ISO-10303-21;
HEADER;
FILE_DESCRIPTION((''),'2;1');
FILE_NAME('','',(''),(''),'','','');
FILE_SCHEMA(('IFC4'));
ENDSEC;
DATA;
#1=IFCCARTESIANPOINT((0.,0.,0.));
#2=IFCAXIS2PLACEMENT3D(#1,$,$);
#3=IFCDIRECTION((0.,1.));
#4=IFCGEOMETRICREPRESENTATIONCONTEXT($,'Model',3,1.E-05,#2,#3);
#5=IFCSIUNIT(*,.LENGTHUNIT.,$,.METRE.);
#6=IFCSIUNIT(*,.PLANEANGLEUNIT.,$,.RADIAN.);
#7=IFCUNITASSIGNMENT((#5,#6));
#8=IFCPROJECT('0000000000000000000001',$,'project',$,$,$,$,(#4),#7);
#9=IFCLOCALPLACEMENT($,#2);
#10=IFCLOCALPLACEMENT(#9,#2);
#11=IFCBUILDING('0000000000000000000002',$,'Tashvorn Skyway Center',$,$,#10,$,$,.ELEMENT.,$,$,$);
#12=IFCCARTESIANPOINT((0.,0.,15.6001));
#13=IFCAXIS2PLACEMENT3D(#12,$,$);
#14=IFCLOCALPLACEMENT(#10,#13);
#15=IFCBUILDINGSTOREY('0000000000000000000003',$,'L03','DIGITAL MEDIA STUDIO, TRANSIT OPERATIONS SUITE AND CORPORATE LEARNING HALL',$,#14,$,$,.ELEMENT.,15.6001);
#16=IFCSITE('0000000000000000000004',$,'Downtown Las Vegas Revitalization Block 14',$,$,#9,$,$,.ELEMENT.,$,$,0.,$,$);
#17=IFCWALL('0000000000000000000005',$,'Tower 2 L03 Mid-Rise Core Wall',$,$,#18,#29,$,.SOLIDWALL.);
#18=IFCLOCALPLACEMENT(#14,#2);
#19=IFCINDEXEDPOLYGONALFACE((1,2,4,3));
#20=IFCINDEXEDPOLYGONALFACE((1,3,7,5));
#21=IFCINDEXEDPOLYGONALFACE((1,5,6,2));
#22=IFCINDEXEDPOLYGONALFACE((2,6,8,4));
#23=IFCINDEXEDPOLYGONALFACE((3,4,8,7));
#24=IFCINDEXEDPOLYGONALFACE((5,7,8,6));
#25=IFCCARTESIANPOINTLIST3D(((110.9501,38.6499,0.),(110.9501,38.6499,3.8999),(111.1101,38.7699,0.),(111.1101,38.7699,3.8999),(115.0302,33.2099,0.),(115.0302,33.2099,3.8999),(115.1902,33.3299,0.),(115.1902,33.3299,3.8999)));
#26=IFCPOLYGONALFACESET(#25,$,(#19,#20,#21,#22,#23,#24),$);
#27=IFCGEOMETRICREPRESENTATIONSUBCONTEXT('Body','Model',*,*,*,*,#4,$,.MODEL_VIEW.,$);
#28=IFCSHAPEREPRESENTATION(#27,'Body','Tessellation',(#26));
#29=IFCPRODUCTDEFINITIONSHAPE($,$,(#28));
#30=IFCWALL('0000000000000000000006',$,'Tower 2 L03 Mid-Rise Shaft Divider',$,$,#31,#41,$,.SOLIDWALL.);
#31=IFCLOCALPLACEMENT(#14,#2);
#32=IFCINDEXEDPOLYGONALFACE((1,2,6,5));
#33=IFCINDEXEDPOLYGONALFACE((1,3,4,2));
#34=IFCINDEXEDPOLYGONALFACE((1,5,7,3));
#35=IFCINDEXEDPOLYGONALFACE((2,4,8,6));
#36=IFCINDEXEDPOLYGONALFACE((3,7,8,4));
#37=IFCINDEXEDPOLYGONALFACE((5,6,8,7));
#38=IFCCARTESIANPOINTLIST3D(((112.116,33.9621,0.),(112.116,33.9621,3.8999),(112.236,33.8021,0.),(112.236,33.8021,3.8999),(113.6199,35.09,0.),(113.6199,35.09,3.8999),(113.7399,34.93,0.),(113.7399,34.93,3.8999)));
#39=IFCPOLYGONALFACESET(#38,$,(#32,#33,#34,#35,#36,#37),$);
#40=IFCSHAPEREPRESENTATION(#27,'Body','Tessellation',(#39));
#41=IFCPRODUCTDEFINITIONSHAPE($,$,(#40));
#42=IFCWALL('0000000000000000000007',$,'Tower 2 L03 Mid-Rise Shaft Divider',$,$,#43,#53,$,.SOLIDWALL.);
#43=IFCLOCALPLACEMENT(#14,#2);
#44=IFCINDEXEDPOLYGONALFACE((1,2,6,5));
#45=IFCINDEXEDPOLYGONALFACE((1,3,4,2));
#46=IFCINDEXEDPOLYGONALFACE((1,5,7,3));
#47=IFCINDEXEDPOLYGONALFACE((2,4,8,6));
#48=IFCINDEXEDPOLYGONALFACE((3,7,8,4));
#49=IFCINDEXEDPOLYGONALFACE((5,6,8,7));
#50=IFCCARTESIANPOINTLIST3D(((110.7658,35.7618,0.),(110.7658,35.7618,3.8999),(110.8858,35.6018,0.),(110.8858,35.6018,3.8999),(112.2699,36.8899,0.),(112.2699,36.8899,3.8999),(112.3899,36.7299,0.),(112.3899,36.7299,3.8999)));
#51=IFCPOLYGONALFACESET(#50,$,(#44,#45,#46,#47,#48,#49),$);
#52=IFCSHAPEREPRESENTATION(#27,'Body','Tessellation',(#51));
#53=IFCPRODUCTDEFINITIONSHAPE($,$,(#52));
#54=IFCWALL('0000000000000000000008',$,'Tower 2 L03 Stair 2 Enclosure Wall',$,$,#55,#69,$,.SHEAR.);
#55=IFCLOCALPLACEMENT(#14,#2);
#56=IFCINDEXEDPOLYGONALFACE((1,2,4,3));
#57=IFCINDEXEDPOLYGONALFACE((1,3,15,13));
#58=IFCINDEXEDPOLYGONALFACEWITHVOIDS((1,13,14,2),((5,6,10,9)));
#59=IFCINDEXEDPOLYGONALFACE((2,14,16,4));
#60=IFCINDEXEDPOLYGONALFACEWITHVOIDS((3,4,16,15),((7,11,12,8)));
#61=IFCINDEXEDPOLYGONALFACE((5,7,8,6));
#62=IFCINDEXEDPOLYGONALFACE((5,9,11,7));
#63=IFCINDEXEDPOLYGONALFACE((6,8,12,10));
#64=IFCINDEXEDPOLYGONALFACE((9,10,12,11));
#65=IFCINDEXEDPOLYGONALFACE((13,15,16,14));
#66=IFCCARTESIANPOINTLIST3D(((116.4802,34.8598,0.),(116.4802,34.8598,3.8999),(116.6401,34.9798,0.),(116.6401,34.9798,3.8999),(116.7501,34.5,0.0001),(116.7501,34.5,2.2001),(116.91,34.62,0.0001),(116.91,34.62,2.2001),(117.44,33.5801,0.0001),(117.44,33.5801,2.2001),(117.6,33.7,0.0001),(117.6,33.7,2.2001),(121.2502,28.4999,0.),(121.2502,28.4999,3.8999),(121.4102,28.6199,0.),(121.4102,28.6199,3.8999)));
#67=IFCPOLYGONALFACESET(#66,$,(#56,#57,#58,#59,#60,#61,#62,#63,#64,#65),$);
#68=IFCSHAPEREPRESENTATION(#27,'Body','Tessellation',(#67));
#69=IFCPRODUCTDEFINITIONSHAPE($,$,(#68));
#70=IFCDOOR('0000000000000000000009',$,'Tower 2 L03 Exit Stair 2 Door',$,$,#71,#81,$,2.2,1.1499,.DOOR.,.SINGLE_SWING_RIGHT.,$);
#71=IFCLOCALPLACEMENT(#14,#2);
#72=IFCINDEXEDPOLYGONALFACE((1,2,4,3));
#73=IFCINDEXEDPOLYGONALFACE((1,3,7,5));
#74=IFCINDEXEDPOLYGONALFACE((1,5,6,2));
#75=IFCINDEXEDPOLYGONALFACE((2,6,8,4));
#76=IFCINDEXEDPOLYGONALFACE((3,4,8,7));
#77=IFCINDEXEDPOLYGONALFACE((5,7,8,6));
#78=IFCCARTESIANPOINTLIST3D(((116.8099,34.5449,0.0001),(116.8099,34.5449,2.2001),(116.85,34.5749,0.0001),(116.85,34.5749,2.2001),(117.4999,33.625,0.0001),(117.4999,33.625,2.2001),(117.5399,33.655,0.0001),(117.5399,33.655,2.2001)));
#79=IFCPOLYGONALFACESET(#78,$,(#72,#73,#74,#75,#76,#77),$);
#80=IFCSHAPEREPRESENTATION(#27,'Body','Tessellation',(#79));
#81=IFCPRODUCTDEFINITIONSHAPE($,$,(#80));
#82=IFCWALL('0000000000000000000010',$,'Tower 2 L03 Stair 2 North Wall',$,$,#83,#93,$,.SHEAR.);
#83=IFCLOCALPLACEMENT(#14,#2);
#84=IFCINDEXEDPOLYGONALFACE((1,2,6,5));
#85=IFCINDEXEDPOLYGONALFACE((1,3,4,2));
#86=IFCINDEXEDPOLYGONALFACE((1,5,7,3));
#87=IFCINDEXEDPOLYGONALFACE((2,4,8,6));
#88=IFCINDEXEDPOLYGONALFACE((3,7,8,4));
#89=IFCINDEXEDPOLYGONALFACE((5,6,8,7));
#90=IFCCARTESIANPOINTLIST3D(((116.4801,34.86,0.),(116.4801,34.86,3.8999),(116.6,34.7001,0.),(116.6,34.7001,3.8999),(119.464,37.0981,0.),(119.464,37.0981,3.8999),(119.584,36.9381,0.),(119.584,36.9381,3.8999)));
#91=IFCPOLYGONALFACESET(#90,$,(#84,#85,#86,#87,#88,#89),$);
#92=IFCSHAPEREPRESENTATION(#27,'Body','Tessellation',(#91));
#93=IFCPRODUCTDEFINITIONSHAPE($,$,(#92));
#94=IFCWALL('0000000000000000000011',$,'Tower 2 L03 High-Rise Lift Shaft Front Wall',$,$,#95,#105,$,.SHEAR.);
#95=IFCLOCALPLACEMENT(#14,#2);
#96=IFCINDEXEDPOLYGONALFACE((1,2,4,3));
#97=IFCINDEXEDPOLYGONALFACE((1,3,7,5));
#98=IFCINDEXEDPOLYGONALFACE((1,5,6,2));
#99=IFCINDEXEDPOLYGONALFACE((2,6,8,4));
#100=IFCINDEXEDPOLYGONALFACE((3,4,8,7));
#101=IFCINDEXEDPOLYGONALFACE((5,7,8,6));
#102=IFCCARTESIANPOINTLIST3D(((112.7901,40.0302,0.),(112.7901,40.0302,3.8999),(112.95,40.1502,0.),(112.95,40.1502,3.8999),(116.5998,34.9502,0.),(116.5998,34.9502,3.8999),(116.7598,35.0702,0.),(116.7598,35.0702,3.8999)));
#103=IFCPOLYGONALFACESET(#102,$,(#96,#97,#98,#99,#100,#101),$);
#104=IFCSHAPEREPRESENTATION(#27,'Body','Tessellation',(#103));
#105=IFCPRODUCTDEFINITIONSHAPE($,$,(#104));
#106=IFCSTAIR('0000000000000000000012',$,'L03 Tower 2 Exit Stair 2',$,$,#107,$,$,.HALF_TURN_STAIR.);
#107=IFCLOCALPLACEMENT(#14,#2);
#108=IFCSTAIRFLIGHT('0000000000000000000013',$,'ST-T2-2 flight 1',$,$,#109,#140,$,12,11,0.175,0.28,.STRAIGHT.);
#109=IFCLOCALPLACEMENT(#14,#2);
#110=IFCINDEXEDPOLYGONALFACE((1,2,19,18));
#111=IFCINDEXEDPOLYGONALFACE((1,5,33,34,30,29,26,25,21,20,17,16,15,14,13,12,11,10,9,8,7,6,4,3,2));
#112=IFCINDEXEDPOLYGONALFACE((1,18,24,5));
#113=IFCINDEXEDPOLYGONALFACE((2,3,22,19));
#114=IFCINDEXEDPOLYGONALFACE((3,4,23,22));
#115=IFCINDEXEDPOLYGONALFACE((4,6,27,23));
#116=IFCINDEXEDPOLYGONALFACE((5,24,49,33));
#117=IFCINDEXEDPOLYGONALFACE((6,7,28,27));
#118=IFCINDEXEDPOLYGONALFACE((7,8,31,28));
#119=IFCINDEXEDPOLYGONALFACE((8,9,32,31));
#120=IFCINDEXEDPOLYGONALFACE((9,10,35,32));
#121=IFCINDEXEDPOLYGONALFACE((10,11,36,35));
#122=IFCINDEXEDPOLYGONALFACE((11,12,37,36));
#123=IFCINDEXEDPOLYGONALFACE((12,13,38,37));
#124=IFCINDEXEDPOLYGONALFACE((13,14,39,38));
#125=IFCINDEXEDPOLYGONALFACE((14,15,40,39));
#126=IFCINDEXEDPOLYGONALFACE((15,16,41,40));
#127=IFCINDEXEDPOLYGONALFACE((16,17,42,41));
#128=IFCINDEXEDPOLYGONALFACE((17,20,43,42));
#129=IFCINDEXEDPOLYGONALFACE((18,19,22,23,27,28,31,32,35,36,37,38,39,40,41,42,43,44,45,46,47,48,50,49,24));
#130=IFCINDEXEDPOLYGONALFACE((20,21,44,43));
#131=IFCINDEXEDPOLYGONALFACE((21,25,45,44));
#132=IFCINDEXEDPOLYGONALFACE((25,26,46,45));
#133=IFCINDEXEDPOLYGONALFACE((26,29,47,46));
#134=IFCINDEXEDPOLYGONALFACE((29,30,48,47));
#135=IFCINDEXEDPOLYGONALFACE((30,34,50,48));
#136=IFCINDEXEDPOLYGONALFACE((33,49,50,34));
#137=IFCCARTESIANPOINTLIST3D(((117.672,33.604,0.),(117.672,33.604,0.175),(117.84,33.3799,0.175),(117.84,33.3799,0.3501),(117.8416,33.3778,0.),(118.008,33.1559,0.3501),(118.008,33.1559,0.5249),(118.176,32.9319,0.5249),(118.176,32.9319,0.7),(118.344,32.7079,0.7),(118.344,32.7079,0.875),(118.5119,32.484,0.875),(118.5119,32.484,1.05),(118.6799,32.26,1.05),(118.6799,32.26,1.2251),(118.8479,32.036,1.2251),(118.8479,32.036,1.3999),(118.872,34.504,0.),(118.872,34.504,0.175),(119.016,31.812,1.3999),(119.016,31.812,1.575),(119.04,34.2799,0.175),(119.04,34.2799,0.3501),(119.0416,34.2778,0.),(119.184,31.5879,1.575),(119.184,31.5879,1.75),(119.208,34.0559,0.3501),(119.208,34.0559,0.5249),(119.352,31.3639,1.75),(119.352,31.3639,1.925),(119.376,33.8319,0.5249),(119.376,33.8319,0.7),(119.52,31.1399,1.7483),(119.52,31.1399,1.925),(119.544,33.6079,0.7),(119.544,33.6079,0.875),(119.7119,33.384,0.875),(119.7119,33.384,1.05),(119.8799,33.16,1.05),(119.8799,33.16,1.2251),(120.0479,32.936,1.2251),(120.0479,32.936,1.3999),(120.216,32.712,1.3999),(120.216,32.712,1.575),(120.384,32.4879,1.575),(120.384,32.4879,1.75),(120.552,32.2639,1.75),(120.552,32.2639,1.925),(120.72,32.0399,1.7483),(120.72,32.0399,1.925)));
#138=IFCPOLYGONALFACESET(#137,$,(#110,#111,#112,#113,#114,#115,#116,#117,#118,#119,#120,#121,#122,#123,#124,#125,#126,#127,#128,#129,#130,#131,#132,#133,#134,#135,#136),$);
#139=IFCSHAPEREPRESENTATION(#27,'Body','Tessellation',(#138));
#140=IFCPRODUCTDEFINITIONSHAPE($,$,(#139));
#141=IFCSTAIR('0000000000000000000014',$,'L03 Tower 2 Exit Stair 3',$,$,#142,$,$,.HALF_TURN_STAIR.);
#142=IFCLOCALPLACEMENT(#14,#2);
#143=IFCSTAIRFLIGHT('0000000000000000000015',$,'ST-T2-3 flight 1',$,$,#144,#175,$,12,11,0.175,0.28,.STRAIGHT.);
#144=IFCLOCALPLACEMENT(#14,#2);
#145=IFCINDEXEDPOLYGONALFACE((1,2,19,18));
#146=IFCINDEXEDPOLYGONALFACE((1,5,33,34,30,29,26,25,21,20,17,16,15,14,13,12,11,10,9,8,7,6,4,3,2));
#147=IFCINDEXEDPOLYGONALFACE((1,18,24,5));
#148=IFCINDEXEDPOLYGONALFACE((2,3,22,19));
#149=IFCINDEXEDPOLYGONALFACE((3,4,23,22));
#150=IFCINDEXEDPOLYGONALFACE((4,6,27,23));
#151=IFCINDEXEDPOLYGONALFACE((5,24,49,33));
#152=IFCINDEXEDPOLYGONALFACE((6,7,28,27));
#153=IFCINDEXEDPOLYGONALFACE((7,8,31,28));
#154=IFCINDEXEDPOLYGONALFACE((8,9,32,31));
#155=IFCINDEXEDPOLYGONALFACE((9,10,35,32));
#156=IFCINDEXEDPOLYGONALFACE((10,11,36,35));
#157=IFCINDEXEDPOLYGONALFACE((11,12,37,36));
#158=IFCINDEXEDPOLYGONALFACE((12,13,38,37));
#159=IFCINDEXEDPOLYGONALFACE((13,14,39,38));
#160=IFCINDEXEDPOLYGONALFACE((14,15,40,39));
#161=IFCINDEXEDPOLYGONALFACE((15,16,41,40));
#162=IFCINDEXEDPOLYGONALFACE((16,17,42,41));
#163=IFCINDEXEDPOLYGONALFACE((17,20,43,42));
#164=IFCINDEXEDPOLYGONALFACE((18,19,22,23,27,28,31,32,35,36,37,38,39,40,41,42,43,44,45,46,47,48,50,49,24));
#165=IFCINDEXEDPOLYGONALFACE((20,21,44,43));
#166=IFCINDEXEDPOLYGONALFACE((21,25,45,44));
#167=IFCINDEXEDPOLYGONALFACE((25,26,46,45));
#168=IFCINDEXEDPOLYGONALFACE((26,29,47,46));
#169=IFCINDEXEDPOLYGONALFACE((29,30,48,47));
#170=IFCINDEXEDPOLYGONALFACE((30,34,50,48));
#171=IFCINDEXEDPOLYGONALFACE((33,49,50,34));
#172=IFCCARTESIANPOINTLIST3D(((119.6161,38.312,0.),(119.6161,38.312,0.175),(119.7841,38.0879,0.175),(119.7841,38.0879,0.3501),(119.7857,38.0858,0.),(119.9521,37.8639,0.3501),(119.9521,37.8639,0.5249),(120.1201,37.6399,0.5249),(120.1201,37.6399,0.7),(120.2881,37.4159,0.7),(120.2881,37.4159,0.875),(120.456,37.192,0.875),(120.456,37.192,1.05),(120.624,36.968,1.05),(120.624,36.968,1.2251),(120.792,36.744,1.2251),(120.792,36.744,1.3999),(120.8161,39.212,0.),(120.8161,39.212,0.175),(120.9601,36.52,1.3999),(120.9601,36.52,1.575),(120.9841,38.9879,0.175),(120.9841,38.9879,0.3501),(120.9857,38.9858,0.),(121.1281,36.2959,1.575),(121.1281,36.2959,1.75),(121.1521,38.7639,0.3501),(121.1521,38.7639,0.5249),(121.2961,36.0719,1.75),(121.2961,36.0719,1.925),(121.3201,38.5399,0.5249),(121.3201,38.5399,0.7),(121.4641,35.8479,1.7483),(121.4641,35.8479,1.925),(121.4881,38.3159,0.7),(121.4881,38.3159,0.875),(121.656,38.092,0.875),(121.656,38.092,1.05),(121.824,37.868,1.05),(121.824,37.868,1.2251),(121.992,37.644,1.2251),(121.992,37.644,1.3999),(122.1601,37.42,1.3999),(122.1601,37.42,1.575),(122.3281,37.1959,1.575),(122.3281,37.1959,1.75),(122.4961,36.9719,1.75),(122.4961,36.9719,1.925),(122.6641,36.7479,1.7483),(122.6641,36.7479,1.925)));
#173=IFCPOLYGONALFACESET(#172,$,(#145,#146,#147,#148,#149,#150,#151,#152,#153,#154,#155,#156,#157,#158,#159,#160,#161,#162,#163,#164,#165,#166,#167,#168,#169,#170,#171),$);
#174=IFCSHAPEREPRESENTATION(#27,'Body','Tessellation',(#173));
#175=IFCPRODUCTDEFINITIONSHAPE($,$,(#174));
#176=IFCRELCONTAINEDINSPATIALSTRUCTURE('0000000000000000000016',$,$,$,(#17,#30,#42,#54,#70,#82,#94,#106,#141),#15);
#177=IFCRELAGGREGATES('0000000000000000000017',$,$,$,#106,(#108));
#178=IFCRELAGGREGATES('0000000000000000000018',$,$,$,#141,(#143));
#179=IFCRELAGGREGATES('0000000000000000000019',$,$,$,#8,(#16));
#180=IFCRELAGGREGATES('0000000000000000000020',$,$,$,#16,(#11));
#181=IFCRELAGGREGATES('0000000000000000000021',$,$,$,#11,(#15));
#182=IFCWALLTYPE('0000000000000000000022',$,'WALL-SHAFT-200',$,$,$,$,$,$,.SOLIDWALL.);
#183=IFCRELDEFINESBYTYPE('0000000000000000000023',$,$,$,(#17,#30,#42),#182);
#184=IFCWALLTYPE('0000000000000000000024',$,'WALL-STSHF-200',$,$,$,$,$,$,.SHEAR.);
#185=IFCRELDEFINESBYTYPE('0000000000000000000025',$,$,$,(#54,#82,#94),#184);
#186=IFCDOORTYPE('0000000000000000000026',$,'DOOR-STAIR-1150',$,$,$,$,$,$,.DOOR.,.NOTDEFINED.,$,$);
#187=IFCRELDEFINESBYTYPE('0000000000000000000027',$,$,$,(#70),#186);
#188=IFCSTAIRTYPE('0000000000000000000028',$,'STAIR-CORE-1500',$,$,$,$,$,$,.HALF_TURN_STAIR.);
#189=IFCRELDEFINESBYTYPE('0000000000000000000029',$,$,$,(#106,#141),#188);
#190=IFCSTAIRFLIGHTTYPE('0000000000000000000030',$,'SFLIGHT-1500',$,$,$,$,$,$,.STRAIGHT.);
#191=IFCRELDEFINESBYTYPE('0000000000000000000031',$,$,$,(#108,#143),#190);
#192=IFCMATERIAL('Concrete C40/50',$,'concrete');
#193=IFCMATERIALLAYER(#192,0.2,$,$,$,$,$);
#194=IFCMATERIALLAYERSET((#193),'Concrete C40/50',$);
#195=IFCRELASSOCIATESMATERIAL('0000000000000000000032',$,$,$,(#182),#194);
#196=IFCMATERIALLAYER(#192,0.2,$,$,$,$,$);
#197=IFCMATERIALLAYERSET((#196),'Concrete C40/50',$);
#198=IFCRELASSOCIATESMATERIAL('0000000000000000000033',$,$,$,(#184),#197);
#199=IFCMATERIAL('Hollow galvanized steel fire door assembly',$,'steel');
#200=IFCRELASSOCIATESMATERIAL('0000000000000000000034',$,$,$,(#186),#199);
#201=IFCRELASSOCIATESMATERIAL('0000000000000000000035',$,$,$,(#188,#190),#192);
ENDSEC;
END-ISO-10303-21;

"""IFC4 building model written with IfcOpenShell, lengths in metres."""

from ifc_helpers import new_model, si_unit, direction, frame, frame_2d, origin, place, context, subcontext, project, spatial, polyline, rectangle, outline, extrude, material, layer, layer_set, type_object, element, fill, aggregate, save


model = new_model("IFC4")

# Units and contexts
model_context = context("Model", 3, precision=1e-05, world=origin(), true_north=direction((0.0, 1.0)))
body_context = subcontext(model_context, "Body", "Model", "MODEL_VIEW")
ifc_project = project(units=[si_unit("LENGTHUNIT", "METRE"), si_unit("PLANEANGLEUNIT", "RADIAN")], contexts=[model_context])

# Site, building, storey
site_placement = place(None, origin())
site = spatial("IfcSite", under=ifc_project, at=site_placement, Name="Downtown Las Vegas Revitalization Block 14", CompositionType="ELEMENT", RefElevation=0.0)
building_placement = place(site_placement, origin())
building = spatial("IfcBuilding", under=site, at=building_placement, Name="Tashvorn Skyway Center", CompositionType="ELEMENT")
storey_placement = place(building_placement, frame((0.0, 0.0, 15.6001)))
storey = spatial("IfcBuildingStorey", under=building, at=storey_placement, Name="L03", Description="DIGITAL MEDIA STUDIO, TRANSIT OPERATIONS SUITE AND CORPORATE LEARNING HALL", CompositionType="ELEMENT", Elevation=15.6001)

# Walls
ifc_material_1 = material(Name="Concrete C40/50", Category="concrete")
ifc_layer_1 = layer(ifc_material_1, 0.2)
ifc_layer_set_1 = layer_set([ifc_layer_1], Name="Concrete C40/50")
wall_type_1 = type_object("IfcWallType", Name="WALL-SHAFT-200", PredefinedType="SOLIDWALL", material=ifc_layer_set_1)
wall_1_placement = place(storey_placement, frame((115.1101, 33.27, 0.0), z_axis=(0.0, 0.0, 1.0), x_axis=(-0.600011, 0.799991, 0.0)))
element("IfcWall", 1, at=wall_1_placement, inside=storey, type_object=wall_type_1, Name="Tower 2 L03 Mid-Rise Core Wall", PredefinedType="SOLIDWALL", context=body_context, shape_type="SweptSolid", body=[
    extrude(rectangle(XDim=6.8, YDim=0.2, at=frame_2d((3.3999, 0.0))), origin(), (0.0, 0.0, 1.0), 3.8999),
])
wall_2_placement = place(storey_placement, frame((112.176, 33.8821, 0.0), z_axis=(0.0, 0.0, 1.0), x_axis=(0.8, 0.6, 0.0)))
element("IfcWall", 2, at=wall_2_placement, inside=storey, type_object=wall_type_1, Name="Tower 2 L03 Mid-Rise Shaft Divider", PredefinedType="SOLIDWALL", context=body_context, shape_type="SweptSolid", body=[
    extrude(rectangle(XDim=1.8799, YDim=0.2, at=frame_2d((0.9399, 0.0))), origin(), (0.0, 0.0, 1.0), 3.8999),
])
wall_3_placement = place(storey_placement, frame((110.8259, 35.6819, 0.0), z_axis=(0.0, 0.0, 1.0), x_axis=(0.799984, 0.600021, 0.0)))
element("IfcWall", 3, at=wall_3_placement, inside=storey, type_object=wall_type_1, Name="Tower 2 L03 Mid-Rise Shaft Divider", PredefinedType="SOLIDWALL", context=body_context, shape_type="SweptSolid", body=[
    extrude(rectangle(XDim=1.8801, YDim=0.2, at=frame_2d((0.9399, 0.0))), origin(), (0.0, 0.0, 1.0), 3.8999),
])

# Wall, opening, door
ifc_layer_2 = layer(ifc_material_1, 0.2)
ifc_layer_set_2 = layer_set([ifc_layer_2], Name="Concrete C40/50")
wall_type_2 = type_object("IfcWallType", Name="WALL-STSHF-200", PredefinedType="SHEAR", material=ifc_layer_set_2)
wall_4_placement = place(storey_placement, frame((116.5601, 34.9199, 0.0), z_axis=(0.0, 0.0, 1.0), x_axis=(0.60001, -0.799993, 0.0)))
wall_4 = element("IfcWall", 4, at=wall_4_placement, inside=storey, type_object=wall_type_2, Name="Tower 2 L03 Stair 2 Enclosure Wall", PredefinedType="SHEAR", context=body_context, shape_type="SweptSolid", body=[
    extrude(rectangle(XDim=7.95, YDim=0.2, at=frame_2d((3.9751, 0.0))), origin(), (0.0, 0.0, 1.0), 3.8999),
])
opening_placement = place(wall_4_placement, frame((0.45, 0.0, 0.0)))
opening = element("IfcOpeningElement", 5, at=opening_placement, cuts=wall_4, PredefinedType="OPENING", context=body_context, shape_type="SweptSolid", body=[
    extrude(rectangle(XDim=1.1499, YDim=2.2, at=frame_2d((0.575, 1.1001))), frame((0.0, 0.1099, 0.0), z_axis=(0.0, -1.0, 0.0), x_axis=(1.0, 0.0, 0.0)), (0.0, 0.0, 1.0), 0.22),
])
ifc_material_2 = material(Name="Hollow galvanized steel fire door assembly", Category="steel")
door_type = type_object("IfcDoorType", Name="DOOR-STAIR-1150", OperationType="NOTDEFINED", PredefinedType="DOOR", material=ifc_material_2)
door_placement = place(opening_placement, origin())
door = element("IfcDoor", 6, at=door_placement, inside=storey, type_object=door_type, Name="Tower 2 L03 Exit Stair 2 Door", OperationType="SINGLE_SWING_RIGHT", OverallHeight=2.2, OverallWidth=1.1499, PredefinedType="DOOR", context=body_context, shape_type="SweptSolid", body=[
    extrude(rectangle(XDim=1.1499, YDim=2.2, at=frame_2d((0.575, 1.1001))), frame((0.0, 0.0249, 0.0), z_axis=(0.0, -1.0, 0.0), x_axis=(1.0, 0.0, 0.0)), (0.0, 0.0, 1.0), 0.05),
])
fill(opening, door)

# Walls
wall_5_placement = place(storey_placement, frame((116.54, 34.78, 0.0), z_axis=(0.0, 0.0, 1.0), x_axis=(0.799984, 0.600021, 0.0)))
element("IfcWall", 7, at=wall_5_placement, inside=storey, type_object=wall_type_2, Name="Tower 2 L03 Stair 2 North Wall", PredefinedType="SHEAR", context=body_context, shape_type="SweptSolid", body=[
    extrude(rectangle(XDim=3.73, YDim=0.2, at=frame_2d((1.865, 0.0))), origin(), (0.0, 0.0, 1.0), 3.8999),
])
wall_6_placement = place(storey_placement, frame((112.8701, 40.0901, 0.0), z_axis=(0.0, 0.0, 1.0), x_axis=(0.599975, -0.800018, 0.0)))
element("IfcWall", 8, at=wall_6_placement, inside=storey, type_object=wall_type_2, Name="Tower 2 L03 High-Rise Lift Shaft Front Wall", PredefinedType="SHEAR", context=body_context, shape_type="SweptSolid", body=[
    extrude(rectangle(XDim=6.3499, YDim=0.2, at=frame_2d((3.1748, 0.0))), origin(), (0.0, 0.0, 1.0), 3.8999),
])

# Stairs, stair flights
stair_type = type_object("IfcStairType", Name="STAIR-CORE-1500", PredefinedType="HALF_TURN_STAIR", material=ifc_material_1)
stair_1_placement = place(storey_placement, origin())
stair_1 = element("IfcStair", 9, at=stair_1_placement, inside=storey, type_object=stair_type, Name="L03 Tower 2 Exit Stair 2", PredefinedType="HALF_TURN_STAIR")
stair_flight_type = type_object("IfcStairFlightType", Name="SFLIGHT-1500", PredefinedType="STRAIGHT", material=ifc_material_1)
stair_flight_1_placement = place(storey_placement, frame((118.272, 34.054, 0.0), z_axis=(0.0, 0.0, 1.0), x_axis=(0.6, -0.8, 0.0)))
stair_flight_1 = element("IfcStairFlight", 10, at=stair_flight_1_placement, type_object=stair_flight_type, Name="ST-T2-2 flight 1", NumberOfRisers=12, NumberOfTreads=11, PredefinedType="STRAIGHT", RiserHeight=0.175, TreadLength=0.28, context=body_context, shape_type="SweptSolid", body=[
    extrude(outline(polyline([(0.0, 0.0), (0.0, 0.175), (0.28, 0.175), (0.28, 0.3501), (0.5601, 0.3501), (0.5601, 0.5249), (0.8401, 0.5249), (0.8401, 0.7), (1.1201, 0.7), (1.1201, 0.875), (1.3999, 0.875), (1.3999, 1.05), (1.6799, 1.05), (1.6799, 1.2251), (1.96, 1.2251), (1.96, 1.3999), (2.24, 1.3999), (2.24, 1.575), (2.52, 1.575), (2.52, 1.75), (2.8, 1.75), (2.8, 1.925), (3.0801, 1.925), (3.0801, 2.1001), (3.0801, 1.7483), (0.2827, 0.0), (0.0, 0.0)])), frame((0.0, 0.75, 0.0), z_axis=(0.0, -1.0, 0.0), x_axis=(1.0, 0.0, 0.0)), (0.0, 0.0, 1.0), 1.5),
])
aggregate(stair_1, [stair_flight_1])
stair_2_placement = place(storey_placement, origin())
stair_2 = element("IfcStair", 11, at=stair_2_placement, inside=storey, type_object=stair_type, Name="L03 Tower 2 Exit Stair 3", PredefinedType="HALF_TURN_STAIR")
stair_flight_2_placement = place(storey_placement, frame((120.2161, 38.762, 0.0), z_axis=(0.0, 0.0, 1.0), x_axis=(0.6, -0.8, 0.0)))
stair_flight_2 = element("IfcStairFlight", 12, at=stair_flight_2_placement, type_object=stair_flight_type, Name="ST-T2-3 flight 1", NumberOfRisers=12, NumberOfTreads=11, PredefinedType="STRAIGHT", RiserHeight=0.175, TreadLength=0.28, context=body_context, shape_type="SweptSolid", body=[
    extrude(outline(polyline([(0.0, 0.0), (0.0, 0.175), (0.28, 0.175), (0.28, 0.3501), (0.5601, 0.3501), (0.5601, 0.5249), (0.8401, 0.5249), (0.8401, 0.7), (1.1201, 0.7), (1.1201, 0.875), (1.3999, 0.875), (1.3999, 1.05), (1.6799, 1.05), (1.6799, 1.2251), (1.96, 1.2251), (1.96, 1.3999), (2.24, 1.3999), (2.24, 1.575), (2.52, 1.575), (2.52, 1.75), (2.8, 1.75), (2.8, 1.925), (3.0801, 1.925), (3.0801, 2.1001), (3.0801, 1.7483), (0.2827, 0.0), (0.0, 0.0)])), frame((0.0, 0.75, 0.0), z_axis=(0.0, -1.0, 0.0), x_axis=(1.0, 0.0, 0.0)), (0.0, 0.0, 1.0), 1.5),
])
aggregate(stair_2, [stair_flight_2])

save(model, "model.ifc")
